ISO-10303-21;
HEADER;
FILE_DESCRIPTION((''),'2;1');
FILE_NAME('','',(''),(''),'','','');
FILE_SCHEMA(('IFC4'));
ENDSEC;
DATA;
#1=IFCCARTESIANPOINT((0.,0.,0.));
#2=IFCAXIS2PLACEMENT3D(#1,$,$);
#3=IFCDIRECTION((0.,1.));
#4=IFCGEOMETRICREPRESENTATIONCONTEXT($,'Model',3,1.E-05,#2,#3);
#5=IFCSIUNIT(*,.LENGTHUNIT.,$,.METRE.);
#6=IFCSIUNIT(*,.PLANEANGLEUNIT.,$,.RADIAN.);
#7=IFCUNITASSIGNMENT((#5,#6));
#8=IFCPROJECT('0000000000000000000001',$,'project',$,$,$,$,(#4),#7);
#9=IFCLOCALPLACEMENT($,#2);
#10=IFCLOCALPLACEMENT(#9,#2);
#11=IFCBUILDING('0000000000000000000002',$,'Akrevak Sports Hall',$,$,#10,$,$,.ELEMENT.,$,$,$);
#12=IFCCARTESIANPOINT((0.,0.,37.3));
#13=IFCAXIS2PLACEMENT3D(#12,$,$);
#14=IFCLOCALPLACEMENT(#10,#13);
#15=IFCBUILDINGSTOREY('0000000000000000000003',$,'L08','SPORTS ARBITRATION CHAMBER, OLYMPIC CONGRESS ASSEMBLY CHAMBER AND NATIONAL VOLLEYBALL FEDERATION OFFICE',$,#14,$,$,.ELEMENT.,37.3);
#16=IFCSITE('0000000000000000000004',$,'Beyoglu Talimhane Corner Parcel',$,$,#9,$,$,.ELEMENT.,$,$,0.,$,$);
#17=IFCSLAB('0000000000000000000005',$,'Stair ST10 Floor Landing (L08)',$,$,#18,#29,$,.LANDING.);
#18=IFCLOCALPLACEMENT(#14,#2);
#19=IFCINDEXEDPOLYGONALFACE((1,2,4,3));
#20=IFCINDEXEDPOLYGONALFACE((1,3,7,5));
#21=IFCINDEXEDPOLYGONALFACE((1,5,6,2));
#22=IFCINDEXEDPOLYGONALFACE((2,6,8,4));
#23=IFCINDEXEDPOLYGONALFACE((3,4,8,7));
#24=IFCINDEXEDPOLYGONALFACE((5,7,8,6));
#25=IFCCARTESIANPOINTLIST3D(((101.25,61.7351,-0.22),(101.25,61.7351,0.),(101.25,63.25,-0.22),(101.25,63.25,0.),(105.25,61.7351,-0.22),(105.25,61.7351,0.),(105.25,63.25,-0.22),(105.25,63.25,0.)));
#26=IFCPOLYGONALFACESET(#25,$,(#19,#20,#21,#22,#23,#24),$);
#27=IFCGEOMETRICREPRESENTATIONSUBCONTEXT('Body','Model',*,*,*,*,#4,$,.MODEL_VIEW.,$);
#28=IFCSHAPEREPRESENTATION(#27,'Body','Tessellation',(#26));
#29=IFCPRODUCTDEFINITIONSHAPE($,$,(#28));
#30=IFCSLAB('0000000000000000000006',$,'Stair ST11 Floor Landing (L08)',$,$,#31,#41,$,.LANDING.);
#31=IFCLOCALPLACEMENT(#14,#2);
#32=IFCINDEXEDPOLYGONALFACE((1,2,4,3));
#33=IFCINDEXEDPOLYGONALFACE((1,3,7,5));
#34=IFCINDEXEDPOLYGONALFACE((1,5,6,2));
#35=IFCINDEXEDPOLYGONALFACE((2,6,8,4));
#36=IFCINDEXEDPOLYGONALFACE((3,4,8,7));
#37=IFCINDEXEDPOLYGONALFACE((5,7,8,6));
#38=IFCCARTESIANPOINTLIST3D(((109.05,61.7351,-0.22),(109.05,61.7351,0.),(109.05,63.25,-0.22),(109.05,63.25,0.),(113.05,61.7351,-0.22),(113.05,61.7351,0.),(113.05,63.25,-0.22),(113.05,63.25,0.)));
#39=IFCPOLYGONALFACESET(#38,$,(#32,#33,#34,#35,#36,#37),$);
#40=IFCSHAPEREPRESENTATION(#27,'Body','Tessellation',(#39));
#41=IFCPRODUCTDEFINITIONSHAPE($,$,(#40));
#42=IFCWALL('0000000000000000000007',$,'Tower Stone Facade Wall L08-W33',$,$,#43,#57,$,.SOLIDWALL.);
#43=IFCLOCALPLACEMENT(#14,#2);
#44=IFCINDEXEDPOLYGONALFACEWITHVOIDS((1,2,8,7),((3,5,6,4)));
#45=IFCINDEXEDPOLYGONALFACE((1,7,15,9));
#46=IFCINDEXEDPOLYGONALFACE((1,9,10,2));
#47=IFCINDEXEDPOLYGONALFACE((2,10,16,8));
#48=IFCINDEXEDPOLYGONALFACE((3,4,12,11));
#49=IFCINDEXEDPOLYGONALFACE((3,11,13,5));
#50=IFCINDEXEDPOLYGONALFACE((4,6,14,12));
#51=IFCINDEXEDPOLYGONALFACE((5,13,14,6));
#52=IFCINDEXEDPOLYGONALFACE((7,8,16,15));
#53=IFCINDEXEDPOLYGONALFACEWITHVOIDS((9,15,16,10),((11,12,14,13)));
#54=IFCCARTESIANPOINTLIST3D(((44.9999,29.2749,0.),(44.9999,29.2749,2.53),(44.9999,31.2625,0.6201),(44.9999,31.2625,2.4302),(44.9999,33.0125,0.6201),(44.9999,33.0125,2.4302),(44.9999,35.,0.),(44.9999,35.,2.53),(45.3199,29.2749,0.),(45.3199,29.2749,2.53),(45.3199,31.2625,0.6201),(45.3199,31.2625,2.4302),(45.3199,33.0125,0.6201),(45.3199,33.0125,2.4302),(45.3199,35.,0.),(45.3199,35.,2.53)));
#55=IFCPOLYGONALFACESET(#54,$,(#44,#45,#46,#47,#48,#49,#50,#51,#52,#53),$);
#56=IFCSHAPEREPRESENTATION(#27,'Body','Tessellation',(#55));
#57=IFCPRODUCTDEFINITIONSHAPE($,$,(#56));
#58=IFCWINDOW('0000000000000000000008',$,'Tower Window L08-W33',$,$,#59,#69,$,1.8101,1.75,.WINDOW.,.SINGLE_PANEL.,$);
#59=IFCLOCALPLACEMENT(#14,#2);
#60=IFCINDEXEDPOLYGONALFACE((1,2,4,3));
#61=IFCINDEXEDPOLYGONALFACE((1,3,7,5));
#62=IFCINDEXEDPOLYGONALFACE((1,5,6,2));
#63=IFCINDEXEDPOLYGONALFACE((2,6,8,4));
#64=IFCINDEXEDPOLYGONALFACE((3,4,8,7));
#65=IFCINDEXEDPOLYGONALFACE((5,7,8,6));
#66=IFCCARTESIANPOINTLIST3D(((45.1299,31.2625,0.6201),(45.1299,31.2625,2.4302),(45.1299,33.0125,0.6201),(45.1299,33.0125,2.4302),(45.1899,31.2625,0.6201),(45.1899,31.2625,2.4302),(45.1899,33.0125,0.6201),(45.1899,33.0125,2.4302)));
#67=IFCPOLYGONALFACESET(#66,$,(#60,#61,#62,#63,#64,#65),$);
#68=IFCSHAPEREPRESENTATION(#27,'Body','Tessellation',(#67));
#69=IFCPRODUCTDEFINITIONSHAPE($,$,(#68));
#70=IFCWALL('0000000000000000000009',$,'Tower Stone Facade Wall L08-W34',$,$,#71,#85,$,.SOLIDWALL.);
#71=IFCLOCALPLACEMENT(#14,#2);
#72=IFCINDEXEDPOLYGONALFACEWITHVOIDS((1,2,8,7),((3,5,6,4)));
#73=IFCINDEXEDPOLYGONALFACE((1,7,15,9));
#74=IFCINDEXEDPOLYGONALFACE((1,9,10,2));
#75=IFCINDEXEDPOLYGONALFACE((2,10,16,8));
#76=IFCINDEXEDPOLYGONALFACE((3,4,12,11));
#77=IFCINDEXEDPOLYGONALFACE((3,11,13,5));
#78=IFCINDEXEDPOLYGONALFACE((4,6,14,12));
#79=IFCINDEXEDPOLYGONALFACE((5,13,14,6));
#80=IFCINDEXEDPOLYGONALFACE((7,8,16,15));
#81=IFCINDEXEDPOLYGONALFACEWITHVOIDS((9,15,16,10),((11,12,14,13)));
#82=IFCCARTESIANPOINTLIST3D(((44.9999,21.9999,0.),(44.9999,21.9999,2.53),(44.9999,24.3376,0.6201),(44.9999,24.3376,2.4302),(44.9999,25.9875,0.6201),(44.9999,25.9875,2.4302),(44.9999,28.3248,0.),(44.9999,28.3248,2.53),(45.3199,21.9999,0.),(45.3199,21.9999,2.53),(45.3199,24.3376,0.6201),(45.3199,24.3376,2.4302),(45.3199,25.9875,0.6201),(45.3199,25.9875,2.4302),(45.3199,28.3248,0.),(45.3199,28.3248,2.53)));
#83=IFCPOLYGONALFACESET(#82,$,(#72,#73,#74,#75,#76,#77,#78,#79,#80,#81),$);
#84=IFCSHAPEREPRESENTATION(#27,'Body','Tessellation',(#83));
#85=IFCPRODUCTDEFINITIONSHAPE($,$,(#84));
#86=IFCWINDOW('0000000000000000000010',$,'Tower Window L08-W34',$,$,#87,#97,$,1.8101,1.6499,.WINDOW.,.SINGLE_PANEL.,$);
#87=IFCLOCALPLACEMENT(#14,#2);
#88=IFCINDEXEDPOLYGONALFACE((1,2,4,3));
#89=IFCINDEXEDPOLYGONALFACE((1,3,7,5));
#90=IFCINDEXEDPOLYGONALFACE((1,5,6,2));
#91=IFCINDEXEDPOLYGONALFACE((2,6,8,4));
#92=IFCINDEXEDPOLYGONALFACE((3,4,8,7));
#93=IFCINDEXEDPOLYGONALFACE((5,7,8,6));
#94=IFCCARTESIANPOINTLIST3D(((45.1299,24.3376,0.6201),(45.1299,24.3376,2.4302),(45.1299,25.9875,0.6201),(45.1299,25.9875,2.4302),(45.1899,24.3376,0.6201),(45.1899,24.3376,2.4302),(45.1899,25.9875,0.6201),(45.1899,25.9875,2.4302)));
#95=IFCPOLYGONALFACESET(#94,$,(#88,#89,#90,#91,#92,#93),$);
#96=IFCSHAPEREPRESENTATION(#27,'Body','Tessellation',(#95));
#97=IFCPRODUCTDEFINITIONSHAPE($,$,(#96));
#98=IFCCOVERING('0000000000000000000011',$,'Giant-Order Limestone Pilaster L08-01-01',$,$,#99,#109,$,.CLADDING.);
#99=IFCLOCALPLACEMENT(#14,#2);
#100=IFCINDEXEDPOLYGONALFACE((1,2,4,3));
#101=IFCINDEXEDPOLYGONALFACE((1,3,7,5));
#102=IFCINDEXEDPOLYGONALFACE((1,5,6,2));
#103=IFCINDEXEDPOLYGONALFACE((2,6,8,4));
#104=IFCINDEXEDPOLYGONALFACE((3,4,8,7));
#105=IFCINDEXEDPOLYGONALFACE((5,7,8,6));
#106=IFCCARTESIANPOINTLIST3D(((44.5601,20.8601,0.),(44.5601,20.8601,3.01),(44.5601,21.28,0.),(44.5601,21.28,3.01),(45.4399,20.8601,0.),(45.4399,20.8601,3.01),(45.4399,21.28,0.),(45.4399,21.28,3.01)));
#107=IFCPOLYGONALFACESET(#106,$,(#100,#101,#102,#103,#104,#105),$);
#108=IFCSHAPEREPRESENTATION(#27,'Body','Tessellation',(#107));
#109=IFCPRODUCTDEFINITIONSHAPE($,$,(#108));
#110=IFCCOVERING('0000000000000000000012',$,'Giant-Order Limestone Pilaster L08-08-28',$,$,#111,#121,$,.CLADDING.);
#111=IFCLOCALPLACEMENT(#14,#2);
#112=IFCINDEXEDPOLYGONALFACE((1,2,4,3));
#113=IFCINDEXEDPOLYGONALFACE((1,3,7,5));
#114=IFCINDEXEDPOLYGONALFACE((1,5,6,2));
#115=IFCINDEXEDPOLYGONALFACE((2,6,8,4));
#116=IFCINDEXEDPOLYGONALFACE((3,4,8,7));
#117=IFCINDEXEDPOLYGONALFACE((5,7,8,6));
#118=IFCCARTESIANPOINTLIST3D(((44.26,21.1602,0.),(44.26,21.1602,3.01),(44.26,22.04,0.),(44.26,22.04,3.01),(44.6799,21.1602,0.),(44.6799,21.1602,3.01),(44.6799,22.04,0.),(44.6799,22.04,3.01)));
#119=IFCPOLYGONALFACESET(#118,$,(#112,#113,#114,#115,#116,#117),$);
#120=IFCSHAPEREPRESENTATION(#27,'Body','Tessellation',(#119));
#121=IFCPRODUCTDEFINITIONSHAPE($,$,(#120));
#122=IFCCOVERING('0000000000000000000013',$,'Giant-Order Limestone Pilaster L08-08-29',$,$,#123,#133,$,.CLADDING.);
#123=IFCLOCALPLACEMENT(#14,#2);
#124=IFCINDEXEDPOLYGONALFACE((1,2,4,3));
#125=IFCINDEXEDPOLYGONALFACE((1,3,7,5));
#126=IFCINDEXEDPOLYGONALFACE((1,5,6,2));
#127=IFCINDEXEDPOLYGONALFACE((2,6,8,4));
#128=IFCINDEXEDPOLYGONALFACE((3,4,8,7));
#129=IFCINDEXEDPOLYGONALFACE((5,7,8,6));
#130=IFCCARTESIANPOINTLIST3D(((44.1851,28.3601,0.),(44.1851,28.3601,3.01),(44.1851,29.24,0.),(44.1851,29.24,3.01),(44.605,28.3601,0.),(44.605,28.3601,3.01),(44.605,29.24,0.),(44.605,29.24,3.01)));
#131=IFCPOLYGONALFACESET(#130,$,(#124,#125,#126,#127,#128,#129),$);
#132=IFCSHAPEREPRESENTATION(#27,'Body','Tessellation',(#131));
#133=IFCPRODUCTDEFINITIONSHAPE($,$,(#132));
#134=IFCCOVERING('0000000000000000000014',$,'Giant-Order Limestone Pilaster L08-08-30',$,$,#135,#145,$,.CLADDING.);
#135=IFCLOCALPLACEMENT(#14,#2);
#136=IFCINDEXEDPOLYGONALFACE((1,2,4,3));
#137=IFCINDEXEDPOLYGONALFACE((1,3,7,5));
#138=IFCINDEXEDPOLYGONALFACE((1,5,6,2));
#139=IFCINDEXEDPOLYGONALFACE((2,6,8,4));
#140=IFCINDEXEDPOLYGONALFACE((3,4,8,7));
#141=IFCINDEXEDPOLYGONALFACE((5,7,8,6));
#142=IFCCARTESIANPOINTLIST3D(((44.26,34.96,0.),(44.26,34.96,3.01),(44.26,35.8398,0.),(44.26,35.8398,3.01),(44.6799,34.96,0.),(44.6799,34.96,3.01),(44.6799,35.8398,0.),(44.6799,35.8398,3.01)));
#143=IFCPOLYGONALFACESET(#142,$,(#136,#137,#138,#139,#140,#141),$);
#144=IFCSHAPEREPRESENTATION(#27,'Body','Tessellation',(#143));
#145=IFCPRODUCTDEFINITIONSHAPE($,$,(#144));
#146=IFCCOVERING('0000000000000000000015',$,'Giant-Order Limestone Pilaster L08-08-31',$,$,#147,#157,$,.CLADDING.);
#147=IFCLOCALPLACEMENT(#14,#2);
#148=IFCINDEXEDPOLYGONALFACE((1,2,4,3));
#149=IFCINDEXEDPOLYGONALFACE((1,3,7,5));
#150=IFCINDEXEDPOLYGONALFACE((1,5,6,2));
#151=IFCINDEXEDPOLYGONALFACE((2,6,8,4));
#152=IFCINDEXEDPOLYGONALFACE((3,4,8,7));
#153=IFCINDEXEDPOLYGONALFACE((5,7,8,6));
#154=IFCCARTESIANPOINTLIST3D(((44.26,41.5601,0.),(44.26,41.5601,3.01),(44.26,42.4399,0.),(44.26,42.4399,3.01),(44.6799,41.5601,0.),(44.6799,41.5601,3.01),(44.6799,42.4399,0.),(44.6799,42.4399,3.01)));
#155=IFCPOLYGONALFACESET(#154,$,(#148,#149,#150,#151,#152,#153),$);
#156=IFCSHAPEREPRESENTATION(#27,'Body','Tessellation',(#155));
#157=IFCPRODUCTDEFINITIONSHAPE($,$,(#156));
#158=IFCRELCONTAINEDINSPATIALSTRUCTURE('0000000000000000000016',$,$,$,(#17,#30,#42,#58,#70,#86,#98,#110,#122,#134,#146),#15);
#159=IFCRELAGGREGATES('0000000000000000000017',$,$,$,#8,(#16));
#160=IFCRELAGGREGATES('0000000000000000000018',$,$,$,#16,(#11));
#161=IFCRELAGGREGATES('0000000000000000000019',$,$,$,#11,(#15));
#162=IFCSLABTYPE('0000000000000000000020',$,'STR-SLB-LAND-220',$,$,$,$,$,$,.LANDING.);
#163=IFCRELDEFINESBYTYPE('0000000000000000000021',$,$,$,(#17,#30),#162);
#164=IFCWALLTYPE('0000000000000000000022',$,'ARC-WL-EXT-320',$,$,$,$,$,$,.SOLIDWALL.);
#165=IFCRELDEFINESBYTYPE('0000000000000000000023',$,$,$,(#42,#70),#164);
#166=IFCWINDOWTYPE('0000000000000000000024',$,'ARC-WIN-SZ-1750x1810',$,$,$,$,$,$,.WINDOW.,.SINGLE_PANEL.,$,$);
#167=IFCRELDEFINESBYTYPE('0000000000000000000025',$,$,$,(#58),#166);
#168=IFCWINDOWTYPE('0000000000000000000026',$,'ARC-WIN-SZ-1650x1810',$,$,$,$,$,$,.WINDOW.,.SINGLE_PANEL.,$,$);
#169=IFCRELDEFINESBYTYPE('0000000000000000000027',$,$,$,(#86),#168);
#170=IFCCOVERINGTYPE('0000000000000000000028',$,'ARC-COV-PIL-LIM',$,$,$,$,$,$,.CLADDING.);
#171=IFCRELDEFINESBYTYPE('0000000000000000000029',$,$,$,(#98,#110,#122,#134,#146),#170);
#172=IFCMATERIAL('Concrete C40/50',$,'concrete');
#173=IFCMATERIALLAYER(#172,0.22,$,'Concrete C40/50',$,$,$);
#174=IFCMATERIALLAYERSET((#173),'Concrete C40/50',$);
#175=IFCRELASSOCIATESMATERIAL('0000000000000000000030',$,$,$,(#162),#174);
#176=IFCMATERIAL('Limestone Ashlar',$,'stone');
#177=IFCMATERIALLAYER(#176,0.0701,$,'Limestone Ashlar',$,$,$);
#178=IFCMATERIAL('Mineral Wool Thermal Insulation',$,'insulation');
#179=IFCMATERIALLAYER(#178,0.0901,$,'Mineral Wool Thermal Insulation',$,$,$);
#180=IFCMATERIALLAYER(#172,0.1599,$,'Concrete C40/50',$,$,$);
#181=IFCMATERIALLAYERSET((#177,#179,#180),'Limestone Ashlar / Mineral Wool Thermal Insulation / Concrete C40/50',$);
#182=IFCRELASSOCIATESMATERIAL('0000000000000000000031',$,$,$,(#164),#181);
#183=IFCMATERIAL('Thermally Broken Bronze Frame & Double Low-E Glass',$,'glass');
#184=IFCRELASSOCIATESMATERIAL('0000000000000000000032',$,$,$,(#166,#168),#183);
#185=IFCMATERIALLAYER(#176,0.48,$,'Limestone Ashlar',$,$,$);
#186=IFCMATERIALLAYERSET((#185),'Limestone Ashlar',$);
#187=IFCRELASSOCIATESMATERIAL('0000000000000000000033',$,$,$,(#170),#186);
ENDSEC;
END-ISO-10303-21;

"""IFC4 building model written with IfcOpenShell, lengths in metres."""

from ifc_helpers import new_model, si_unit, direction, frame, frame_2d, origin, origin_2d, place, context, subcontext, project, spatial, polyline, rectangle, outline, extrude, material, layer, layer_set, type_object, element, fill, save


model = new_model("IFC4")

# Units and contexts
model_context = context("Model", 3, precision=1e-05, world=origin(), true_north=direction((0.0, 1.0)))
body_context = subcontext(model_context, "Body", "Model", "MODEL_VIEW")
ifc_project = project(units=[si_unit("LENGTHUNIT", "METRE"), si_unit("PLANEANGLEUNIT", "RADIAN")], contexts=[model_context])

# Site, building, storey
site_placement = place(None, origin())
site = spatial("IfcSite", under=ifc_project, at=site_placement, Name="Beyoglu Talimhane Corner Parcel", CompositionType="ELEMENT", RefElevation=0.0)
building_placement = place(site_placement, origin())
building = spatial("IfcBuilding", under=site, at=building_placement, Name="Akrevak Sports Hall", CompositionType="ELEMENT")
storey_placement = place(building_placement, frame((0.0, 0.0, 37.3)))
storey = spatial("IfcBuildingStorey", under=building, at=storey_placement, Name="L08", Description="SPORTS ARBITRATION CHAMBER, OLYMPIC CONGRESS ASSEMBLY CHAMBER AND NATIONAL VOLLEYBALL FEDERATION OFFICE", CompositionType="ELEMENT", Elevation=37.3)

# Shared definitions
ifc_material_1 = material(Name="Concrete C40/50", Category="concrete")

# Slabs
ifc_layer_1 = layer(ifc_material_1, 0.22, Name="Concrete C40/50")
ifc_layer_set_1 = layer_set([ifc_layer_1], Name="Concrete C40/50")
slab_type_1 = type_object("IfcSlabType", Name="STR-SLB-LAND-220", PredefinedType="LANDING", material=ifc_layer_set_1)
slab_1_placement = place(storey_placement, frame((0.0, 0.0, -0.22)))
element("IfcSlab", 1, at=slab_1_placement, inside=storey, type_object=slab_type_1, Name="Stair ST10 Floor Landing (L08)", PredefinedType="LANDING", context=body_context, shape_type="SweptSolid", body=[
    extrude(outline(polyline([(101.25, 61.7351), (105.25, 61.7351), (105.25, 63.25), (101.25, 63.25), (101.25, 61.7351)])), origin(), (0.0, 0.0, 1.0), 0.22),
])
slab_2_placement = place(storey_placement, frame((0.0, 0.0, -0.22)))
element("IfcSlab", 2, at=slab_2_placement, inside=storey, type_object=slab_type_1, Name="Stair ST11 Floor Landing (L08)", PredefinedType="LANDING", context=body_context, shape_type="SweptSolid", body=[
    extrude(outline(polyline([(109.05, 61.7351), (113.05, 61.7351), (113.05, 63.25), (109.05, 63.25), (109.05, 61.7351)])), origin(), (0.0, 0.0, 1.0), 0.22),
])

# Walls, openings, windows
ifc_material_2 = material(Name="Limestone Ashlar", Category="stone")
ifc_layer_2 = layer(ifc_material_2, 0.0701, Name="Limestone Ashlar")
ifc_material_3 = material(Name="Mineral Wool Thermal Insulation", Category="insulation")
ifc_layer_3 = layer(ifc_material_3, 0.0901, Name="Mineral Wool Thermal Insulation")
ifc_layer_4 = layer(ifc_material_1, 0.1599, Name="Concrete C40/50")
ifc_layer_set_2 = layer_set([ifc_layer_2, ifc_layer_3, ifc_layer_4], Name="Limestone Ashlar / Mineral Wool Thermal Insulation / Concrete C40/50")
wall_type = type_object("IfcWallType", Name="ARC-WL-EXT-320", PredefinedType="SOLIDWALL", material=ifc_layer_set_2)
wall_1_placement = place(storey_placement, frame((45.1599, 35.0, 0.0), z_axis=(0.0, 0.0, 1.0), x_axis=(0.0, -1.0, 0.0)))
wall_1 = element("IfcWall", 3, at=wall_1_placement, inside=storey, type_object=wall_type, Name="Tower Stone Facade Wall L08-W33", PredefinedType="SOLIDWALL", context=body_context, shape_type="SweptSolid", body=[
    extrude(rectangle(XDim=5.7251, YDim=0.3201, at=frame_2d((2.8625, 0.0))), origin(), (0.0, 0.0, 1.0), 2.53),
])
opening_1_placement = place(wall_1_placement, frame((1.9875, 0.0, 0.6201)))
opening_1 = element("IfcOpeningElement", 4, at=opening_1_placement, cuts=wall_1, PredefinedType="OPENING", context=body_context, shape_type="SweptSolid", body=[
    extrude(rectangle(XDim=1.75, YDim=1.8101, at=frame_2d((0.875, 0.905))), frame((0.0, 0.1719, 0.0), z_axis=(0.0, -1.0, 0.0), x_axis=(1.0, 0.0, 0.0)), (0.0, 0.0, 1.0), 0.344),
])
ifc_material_4 = material(Name="Thermally Broken Bronze Frame & Double Low-E Glass", Category="glass")
window_type_1 = type_object("IfcWindowType", Name="ARC-WIN-SZ-1750x1810", PartitioningType="SINGLE_PANEL", PredefinedType="WINDOW", material=ifc_material_4)
window_1_placement = place(opening_1_placement, origin())
window_1 = element("IfcWindow", 5, at=window_1_placement, inside=storey, type_object=window_type_1, Name="Tower Window L08-W33", OverallHeight=1.8101, OverallWidth=1.75, PartitioningType="SINGLE_PANEL", PredefinedType="WINDOW", context=body_context, shape_type="SweptSolid", body=[
    extrude(rectangle(XDim=1.75, YDim=1.8101, at=frame_2d((0.875, 0.905))), frame((0.0, 0.03, 0.0), z_axis=(0.0, -1.0, 0.0), x_axis=(1.0, 0.0, 0.0)), (0.0, 0.0, 1.0), 0.0601),
])
fill(opening_1, window_1)
wall_2_placement = place(storey_placement, frame((45.1599, 28.325, 0.0), z_axis=(0.0, 0.0, 1.0), x_axis=(0.0, -1.0, 0.0)))
wall_2 = element("IfcWall", 6, at=wall_2_placement, inside=storey, type_object=wall_type, Name="Tower Stone Facade Wall L08-W34", PredefinedType="SOLIDWALL", context=body_context, shape_type="SweptSolid", body=[
    extrude(rectangle(XDim=6.325, YDim=0.3201, at=frame_2d((3.1626, 0.0))), origin(), (0.0, 0.0, 1.0), 2.53),
])
opening_2_placement = place(wall_2_placement, frame((2.3374, 0.0, 0.6201)))
opening_2 = element("IfcOpeningElement", 7, at=opening_2_placement, cuts=wall_2, PredefinedType="OPENING", context=body_context, shape_type="SweptSolid", body=[
    extrude(rectangle(XDim=1.6499, YDim=1.8101, at=frame_2d((0.825, 0.905))), frame((0.0, 0.1719, 0.0), z_axis=(0.0, -1.0, 0.0), x_axis=(1.0, 0.0, 0.0)), (0.0, 0.0, 1.0), 0.344),
])
window_type_2 = type_object("IfcWindowType", Name="ARC-WIN-SZ-1650x1810", PartitioningType="SINGLE_PANEL", PredefinedType="WINDOW", material=ifc_material_4)
window_2_placement = place(opening_2_placement, origin())
window_2 = element("IfcWindow", 8, at=window_2_placement, inside=storey, type_object=window_type_2, Name="Tower Window L08-W34", OverallHeight=1.8101, OverallWidth=1.6499, PartitioningType="SINGLE_PANEL", PredefinedType="WINDOW", context=body_context, shape_type="SweptSolid", body=[
    extrude(rectangle(XDim=1.6499, YDim=1.8101, at=frame_2d((0.825, 0.905))), frame((0.0, 0.03, 0.0), z_axis=(0.0, -1.0, 0.0), x_axis=(1.0, 0.0, 0.0)), (0.0, 0.0, 1.0), 0.0601),
])
fill(opening_2, window_2)

# Coverings
ifc_layer_5 = layer(ifc_material_2, 0.48, Name="Limestone Ashlar")
ifc_layer_set_3 = layer_set([ifc_layer_5], Name="Limestone Ashlar")
covering_type = type_object("IfcCoveringType", Name="ARC-COV-PIL-LIM", PredefinedType="CLADDING", material=ifc_layer_set_3)
for number, where, z_axis, x_axis, name in (
    (9, (45.0, 21.0701, 0.0), (0.0, 0.0, 1.0), (1.0, 0.0, 0.0), "Giant-Order Limestone Pilaster L08-01-01"),
    (10, (44.47, 21.6001, 0.0), (0.0, 0.0, 1.0), (0.0, -1.0, 0.0), "Giant-Order Limestone Pilaster L08-08-28"),
    (11, (44.395, 28.8, 0.0), (0.0, 0.0, 1.0), (0.0, -1.0, 0.0), "Giant-Order Limestone Pilaster L08-08-29"),
    (12, (44.47, 35.3999, 0.0), (0.0, 0.0, 1.0), (0.0, -1.0, 0.0), "Giant-Order Limestone Pilaster L08-08-30"),
    (13, (44.47, 42.0, 0.0), (0.0, 0.0, 1.0), (0.0, -1.0, 0.0), "Giant-Order Limestone Pilaster L08-08-31"),
):
    element("IfcCovering", number, at=place(storey_placement, frame(where, z_axis=z_axis, x_axis=x_axis)), inside=storey, type_object=covering_type, Name=name, PredefinedType="CLADDING", context=body_context, shape_type="SweptSolid", body=[
        extrude(rectangle(XDim=0.8799, YDim=0.4199, at=origin_2d()), origin(), (0.0, 0.0, 1.0), 3.01),
    ])

save(model, "model.ifc")
